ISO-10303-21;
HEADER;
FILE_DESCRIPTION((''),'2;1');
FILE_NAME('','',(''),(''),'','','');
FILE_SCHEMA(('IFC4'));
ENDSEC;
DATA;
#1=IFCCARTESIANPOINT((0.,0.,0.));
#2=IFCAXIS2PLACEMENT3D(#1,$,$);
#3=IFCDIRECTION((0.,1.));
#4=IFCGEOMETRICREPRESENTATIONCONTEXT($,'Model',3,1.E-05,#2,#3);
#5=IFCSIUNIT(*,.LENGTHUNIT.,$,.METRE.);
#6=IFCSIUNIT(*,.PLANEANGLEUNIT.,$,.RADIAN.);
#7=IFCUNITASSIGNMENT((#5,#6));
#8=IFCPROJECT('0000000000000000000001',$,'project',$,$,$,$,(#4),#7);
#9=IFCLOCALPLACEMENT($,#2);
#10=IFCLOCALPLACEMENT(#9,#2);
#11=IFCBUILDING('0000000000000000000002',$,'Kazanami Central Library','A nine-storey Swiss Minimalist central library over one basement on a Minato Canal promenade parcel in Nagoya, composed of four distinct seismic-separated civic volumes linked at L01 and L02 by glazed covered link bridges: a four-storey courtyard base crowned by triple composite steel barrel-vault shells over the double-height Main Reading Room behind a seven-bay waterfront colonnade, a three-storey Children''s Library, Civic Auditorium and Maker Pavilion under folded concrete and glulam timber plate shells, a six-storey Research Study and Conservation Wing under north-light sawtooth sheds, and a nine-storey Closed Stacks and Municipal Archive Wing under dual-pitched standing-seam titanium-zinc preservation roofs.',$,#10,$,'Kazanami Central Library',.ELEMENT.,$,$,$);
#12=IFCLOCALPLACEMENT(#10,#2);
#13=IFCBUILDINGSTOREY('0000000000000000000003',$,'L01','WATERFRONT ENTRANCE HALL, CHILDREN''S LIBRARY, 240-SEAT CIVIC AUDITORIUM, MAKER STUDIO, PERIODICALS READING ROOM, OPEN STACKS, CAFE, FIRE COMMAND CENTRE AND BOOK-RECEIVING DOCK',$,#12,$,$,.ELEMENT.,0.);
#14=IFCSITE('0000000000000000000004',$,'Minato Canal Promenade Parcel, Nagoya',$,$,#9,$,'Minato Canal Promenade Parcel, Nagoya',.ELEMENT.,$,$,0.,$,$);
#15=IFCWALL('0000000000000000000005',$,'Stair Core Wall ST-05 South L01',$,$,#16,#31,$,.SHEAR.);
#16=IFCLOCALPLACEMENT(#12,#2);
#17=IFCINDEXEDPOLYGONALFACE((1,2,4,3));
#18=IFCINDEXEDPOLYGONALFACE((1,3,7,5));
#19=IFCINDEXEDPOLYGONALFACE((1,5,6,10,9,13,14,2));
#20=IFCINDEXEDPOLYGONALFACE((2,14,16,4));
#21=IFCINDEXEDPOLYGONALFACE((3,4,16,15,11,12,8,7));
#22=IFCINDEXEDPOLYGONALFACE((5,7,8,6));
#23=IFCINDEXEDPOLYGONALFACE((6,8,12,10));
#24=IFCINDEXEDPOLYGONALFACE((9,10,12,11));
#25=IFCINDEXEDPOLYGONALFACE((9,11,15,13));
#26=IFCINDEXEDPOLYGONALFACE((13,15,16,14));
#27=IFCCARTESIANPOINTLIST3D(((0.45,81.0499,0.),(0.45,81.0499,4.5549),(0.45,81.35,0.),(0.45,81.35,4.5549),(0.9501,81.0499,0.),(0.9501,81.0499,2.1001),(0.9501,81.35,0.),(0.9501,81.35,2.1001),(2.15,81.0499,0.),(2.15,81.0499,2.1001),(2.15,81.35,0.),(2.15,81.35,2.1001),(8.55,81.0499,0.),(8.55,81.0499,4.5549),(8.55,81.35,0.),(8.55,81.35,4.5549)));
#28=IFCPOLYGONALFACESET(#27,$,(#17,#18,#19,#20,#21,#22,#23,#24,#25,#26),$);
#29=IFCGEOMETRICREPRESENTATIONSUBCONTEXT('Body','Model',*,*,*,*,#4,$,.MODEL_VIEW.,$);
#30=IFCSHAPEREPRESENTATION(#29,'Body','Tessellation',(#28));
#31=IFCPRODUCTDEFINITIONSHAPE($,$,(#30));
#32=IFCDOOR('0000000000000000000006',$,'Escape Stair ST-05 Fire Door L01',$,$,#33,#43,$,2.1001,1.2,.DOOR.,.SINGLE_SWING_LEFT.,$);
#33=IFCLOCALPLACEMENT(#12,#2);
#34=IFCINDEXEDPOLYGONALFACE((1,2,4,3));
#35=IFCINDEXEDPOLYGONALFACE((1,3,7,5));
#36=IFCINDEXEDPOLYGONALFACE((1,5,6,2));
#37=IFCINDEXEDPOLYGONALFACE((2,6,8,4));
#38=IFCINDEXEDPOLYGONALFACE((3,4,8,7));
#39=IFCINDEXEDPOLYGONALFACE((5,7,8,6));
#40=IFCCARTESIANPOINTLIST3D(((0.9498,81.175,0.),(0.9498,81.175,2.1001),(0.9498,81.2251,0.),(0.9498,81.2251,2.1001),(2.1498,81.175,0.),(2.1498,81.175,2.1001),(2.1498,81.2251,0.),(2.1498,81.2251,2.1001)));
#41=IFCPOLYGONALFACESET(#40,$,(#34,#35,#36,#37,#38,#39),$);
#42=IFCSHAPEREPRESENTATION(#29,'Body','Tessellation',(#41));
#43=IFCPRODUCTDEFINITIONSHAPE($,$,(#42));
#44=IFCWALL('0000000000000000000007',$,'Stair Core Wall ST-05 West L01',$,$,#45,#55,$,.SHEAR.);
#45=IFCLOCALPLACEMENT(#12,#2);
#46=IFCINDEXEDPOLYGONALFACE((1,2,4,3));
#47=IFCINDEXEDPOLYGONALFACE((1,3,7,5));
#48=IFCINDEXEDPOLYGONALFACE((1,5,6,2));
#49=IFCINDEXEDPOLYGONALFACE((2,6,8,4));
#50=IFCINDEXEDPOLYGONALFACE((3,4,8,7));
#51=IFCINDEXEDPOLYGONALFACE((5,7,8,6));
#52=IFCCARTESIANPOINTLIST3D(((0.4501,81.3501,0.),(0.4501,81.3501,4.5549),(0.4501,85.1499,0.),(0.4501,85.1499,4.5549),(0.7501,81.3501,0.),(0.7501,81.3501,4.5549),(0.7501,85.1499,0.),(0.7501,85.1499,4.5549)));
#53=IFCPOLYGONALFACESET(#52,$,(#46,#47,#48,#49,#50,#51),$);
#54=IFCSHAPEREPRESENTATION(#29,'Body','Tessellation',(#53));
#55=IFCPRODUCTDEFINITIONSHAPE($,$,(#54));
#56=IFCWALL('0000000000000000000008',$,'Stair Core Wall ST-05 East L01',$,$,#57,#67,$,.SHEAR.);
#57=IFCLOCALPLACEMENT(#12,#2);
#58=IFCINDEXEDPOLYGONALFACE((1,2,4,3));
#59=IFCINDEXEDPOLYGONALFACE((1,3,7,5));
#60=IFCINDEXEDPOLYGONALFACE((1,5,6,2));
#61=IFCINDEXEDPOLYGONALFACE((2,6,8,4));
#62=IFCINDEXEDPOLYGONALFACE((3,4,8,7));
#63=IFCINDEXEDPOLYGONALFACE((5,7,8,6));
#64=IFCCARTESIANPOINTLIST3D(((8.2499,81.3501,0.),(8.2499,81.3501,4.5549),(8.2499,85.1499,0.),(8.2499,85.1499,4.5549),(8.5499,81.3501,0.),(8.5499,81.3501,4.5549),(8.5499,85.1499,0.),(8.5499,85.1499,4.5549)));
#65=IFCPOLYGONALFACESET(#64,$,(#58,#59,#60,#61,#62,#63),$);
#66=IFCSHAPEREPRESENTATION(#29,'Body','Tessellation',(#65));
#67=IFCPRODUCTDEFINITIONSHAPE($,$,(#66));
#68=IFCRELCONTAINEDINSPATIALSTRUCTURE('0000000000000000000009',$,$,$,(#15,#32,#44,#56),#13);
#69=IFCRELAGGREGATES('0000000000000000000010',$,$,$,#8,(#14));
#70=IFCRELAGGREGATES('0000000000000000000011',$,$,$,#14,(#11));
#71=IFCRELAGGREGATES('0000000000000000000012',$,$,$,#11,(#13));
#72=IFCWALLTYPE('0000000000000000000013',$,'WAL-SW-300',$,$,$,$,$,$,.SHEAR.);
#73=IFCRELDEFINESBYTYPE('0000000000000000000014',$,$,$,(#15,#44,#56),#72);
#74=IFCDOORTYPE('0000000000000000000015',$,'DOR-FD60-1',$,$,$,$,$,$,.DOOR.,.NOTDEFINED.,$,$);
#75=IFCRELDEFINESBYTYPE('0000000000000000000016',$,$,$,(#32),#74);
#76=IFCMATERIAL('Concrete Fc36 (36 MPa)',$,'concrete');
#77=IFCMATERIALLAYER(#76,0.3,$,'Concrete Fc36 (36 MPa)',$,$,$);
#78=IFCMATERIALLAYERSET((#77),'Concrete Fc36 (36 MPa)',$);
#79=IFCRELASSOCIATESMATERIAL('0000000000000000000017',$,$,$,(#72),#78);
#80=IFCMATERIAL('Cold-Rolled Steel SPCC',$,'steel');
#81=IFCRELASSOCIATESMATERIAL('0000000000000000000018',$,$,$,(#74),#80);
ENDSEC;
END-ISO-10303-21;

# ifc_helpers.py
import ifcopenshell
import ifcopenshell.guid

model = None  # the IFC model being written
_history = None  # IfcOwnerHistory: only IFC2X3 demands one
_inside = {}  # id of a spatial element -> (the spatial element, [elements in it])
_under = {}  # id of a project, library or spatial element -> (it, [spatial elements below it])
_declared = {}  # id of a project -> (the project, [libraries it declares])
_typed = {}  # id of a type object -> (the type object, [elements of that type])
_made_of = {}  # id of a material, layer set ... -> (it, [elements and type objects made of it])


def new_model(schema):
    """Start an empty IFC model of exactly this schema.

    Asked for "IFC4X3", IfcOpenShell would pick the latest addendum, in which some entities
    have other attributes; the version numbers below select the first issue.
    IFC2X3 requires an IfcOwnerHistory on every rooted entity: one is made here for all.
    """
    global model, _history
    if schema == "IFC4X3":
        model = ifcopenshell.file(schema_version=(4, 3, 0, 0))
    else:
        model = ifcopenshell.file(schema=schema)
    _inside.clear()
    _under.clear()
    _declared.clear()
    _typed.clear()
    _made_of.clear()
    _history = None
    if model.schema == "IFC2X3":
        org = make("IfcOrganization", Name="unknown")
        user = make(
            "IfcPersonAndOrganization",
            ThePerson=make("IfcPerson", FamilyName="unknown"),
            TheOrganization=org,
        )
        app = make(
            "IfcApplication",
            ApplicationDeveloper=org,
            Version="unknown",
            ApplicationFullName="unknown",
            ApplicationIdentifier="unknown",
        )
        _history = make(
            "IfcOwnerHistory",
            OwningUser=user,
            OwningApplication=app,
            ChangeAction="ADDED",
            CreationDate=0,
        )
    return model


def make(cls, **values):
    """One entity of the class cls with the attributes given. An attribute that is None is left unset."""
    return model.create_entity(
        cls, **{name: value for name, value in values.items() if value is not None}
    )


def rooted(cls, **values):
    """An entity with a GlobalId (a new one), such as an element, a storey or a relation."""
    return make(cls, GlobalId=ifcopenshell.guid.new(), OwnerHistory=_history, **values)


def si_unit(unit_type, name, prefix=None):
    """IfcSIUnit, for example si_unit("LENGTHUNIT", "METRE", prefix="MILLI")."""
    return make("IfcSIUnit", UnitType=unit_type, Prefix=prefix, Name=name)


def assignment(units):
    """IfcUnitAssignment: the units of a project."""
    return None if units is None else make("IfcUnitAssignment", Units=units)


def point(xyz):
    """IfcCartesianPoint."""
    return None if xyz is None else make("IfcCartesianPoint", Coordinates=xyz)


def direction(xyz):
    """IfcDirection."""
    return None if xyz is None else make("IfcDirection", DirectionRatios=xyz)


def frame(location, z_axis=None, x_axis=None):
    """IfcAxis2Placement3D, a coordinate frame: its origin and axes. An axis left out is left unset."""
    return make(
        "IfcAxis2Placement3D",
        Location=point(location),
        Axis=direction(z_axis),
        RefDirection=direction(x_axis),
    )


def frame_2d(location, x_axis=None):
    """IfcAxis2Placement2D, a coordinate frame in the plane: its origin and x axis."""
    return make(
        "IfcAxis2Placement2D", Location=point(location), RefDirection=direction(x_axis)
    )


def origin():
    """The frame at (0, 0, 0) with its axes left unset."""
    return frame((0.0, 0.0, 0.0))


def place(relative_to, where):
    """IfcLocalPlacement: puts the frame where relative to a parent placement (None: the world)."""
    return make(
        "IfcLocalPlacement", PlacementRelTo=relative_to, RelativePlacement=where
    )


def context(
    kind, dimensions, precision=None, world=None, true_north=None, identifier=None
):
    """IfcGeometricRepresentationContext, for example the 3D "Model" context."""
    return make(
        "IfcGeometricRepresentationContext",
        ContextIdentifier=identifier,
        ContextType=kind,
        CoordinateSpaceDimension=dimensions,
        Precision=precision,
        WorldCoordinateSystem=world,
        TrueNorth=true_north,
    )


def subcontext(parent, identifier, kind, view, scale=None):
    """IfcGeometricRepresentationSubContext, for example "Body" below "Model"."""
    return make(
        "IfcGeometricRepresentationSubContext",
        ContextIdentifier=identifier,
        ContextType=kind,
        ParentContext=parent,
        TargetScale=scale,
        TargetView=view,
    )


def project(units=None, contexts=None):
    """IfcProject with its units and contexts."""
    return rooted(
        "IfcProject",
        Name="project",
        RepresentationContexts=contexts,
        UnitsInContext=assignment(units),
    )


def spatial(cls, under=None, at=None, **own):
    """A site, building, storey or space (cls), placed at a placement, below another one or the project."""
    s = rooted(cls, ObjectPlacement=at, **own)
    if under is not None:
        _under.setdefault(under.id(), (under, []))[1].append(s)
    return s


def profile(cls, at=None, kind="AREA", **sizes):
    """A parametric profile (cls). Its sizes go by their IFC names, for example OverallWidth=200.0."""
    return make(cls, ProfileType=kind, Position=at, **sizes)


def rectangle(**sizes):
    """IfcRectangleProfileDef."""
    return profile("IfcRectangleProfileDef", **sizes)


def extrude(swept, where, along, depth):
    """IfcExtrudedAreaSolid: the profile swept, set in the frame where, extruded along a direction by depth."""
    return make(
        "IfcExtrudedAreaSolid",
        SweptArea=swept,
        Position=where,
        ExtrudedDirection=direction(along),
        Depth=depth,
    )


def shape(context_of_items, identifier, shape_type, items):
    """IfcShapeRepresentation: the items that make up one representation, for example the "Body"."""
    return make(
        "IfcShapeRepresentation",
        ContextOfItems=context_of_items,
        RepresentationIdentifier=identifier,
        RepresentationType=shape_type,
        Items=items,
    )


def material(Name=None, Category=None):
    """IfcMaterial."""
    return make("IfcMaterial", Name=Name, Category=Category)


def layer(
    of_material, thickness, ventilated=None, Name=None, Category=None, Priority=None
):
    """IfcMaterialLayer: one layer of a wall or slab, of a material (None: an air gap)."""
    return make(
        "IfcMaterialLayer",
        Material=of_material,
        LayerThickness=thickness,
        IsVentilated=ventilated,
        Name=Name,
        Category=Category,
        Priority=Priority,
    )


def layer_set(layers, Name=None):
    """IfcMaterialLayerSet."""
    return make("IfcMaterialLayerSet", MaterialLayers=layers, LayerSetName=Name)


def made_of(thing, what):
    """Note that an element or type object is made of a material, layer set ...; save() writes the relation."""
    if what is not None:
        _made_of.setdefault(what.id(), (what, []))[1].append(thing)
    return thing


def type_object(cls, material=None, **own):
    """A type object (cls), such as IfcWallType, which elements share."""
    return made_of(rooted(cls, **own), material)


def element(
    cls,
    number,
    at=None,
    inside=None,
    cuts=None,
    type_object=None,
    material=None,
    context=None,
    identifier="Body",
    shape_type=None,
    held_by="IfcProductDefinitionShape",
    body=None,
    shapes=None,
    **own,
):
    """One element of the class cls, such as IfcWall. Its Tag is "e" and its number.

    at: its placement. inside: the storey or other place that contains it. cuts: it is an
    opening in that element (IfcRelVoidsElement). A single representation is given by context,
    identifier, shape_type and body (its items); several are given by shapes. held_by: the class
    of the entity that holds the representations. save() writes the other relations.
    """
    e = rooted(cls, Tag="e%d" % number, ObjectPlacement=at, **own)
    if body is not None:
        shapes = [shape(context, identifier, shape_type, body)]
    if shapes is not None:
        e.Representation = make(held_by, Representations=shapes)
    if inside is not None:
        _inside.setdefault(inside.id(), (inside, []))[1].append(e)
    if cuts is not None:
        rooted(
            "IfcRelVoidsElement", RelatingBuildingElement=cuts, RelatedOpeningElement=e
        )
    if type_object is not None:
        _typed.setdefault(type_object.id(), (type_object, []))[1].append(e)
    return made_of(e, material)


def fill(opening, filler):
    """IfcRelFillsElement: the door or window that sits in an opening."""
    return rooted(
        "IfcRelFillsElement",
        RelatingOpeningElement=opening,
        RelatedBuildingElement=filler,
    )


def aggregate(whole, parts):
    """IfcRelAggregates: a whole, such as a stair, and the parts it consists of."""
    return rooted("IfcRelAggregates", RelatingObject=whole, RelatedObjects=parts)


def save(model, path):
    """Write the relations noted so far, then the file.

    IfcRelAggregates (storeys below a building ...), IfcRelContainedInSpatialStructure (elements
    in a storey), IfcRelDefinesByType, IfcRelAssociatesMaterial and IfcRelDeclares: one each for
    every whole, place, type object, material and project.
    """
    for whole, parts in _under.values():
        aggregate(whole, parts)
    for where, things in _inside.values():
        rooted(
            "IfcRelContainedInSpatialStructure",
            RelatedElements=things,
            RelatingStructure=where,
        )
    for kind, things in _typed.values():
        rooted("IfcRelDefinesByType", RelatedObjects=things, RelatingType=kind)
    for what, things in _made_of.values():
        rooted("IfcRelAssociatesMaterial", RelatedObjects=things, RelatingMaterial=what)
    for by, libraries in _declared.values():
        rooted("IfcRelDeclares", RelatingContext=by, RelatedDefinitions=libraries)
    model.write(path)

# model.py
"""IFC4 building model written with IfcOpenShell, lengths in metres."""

from ifc_helpers import new_model, si_unit, direction, frame, frame_2d, origin, place, context, subcontext, project, spatial, rectangle, extrude, material, layer, layer_set, type_object, element, fill, save


model = new_model("IFC4")

# Units and contexts
model_context = context("Model", 3, precision=1e-05, world=origin(), true_north=direction((0.0, 1.0)))
body_context = subcontext(model_context, "Body", "Model", "MODEL_VIEW")
ifc_project = project(units=[si_unit("LENGTHUNIT", "METRE"), si_unit("PLANEANGLEUNIT", "RADIAN")], contexts=[model_context])

# Site, building, storey
site_placement = place(None, origin())
site = spatial("IfcSite", under=ifc_project, at=site_placement, Name="Minato Canal Promenade Parcel, Nagoya", LongName="Minato Canal Promenade Parcel, Nagoya", CompositionType="ELEMENT", RefElevation=0.0)
building_placement = place(site_placement, origin())
building = spatial("IfcBuilding", under=site, at=building_placement, Name="Kazanami Central Library", Description="A nine-storey Swiss Minimalist central library over one basement on a Minato Canal promenade parcel in Nagoya, composed of four distinct seismic-separated civic volumes linked at L01 and L02 by glazed covered link bridges: a four-storey courtyard base crowned by triple composite steel barrel-vault shells over the double-height Main Reading Room behind a seven-bay waterfront colonnade, a three-storey Children's Library, Civic Auditorium and Maker Pavilion under folded concrete and glulam timber plate shells, a six-storey Research Study and Conservation Wing under north-light sawtooth sheds, and a nine-storey Closed Stacks and Municipal Archive Wing under dual-pitched standing-seam titanium-zinc preservation roofs.", LongName="Kazanami Central Library", CompositionType="ELEMENT")
storey_placement = place(building_placement, origin())
storey = spatial("IfcBuildingStorey", under=building, at=storey_placement, Name="L01", Description="WATERFRONT ENTRANCE HALL, CHILDREN'S LIBRARY, 240-SEAT CIVIC AUDITORIUM, MAKER STUDIO, PERIODICALS READING ROOM, OPEN STACKS, CAFE, FIRE COMMAND CENTRE AND BOOK-RECEIVING DOCK", CompositionType="ELEMENT", Elevation=0.0)

# Shared definitions
ifc_material_1 = material(Name="Concrete Fc36 (36 MPa)", Category="concrete")

# Wall, opening, door
ifc_material_2 = material(Name="Cold-Rolled Steel SPCC", Category="steel")
ifc_layer_1 = layer(ifc_material_1, 0.3, Name="Concrete Fc36 (36 MPa)")
ifc_layer_set_1 = layer_set([ifc_layer_1], Name="Concrete Fc36 (36 MPa)")
wall_type_1 = type_object("IfcWallType", Name="WAL-SW-300", PredefinedType="SHEAR", material=ifc_layer_set_1)
wall_1_placement = place(storey_placement, frame((0.45, 81.2, 0.0), z_axis=(0.0, 0.0, 1.0), x_axis=(1.0, 0.0, 0.0)))
wall_1 = element("IfcWall", 1, at=wall_1_placement, inside=storey, type_object=wall_type_1, Name="Stair Core Wall ST-05 South L01", PredefinedType="SHEAR", context=body_context, shape_type="SweptSolid", body=[
    extrude(rectangle(XDim=8.1001, YDim=0.3, at=frame_2d((4.05, 0.0))), origin(), (0.0, 0.0, 1.0), 4.5549),
])
opening_1_placement = place(wall_1_placement, frame((0.5, 0.0, 0.0)))
opening_1 = element("IfcOpeningElement", 2, at=opening_1_placement, cuts=wall_1, PredefinedType="OPENING", context=body_context, shape_type="SweptSolid", body=[
    extrude(rectangle(XDim=1.2, YDim=2.1001, at=frame_2d((0.6001, 1.05))), frame((0.0, 0.1621, 0.0), z_axis=(0.0, -1.0, 0.0), x_axis=(1.0, 0.0, 0.0)), (0.0, 0.0, 1.0), 0.324),
])
door_type_1 = type_object("IfcDoorType", Name="DOR-FD60-1", OperationType="NOTDEFINED", PredefinedType="DOOR", material=ifc_material_2)
door_1_placement = place(opening_1_placement, frame((1.2, 0.0, 0.0), z_axis=(0.0, 0.0, 1.0), x_axis=(-1.0, 0.0, 0.0)))
door_1 = element("IfcDoor", 3, at=door_1_placement, inside=storey, type_object=door_type_1, Name="Escape Stair ST-05 Fire Door L01", OperationType="SINGLE_SWING_LEFT", OverallHeight=2.1001, OverallWidth=1.2, PredefinedType="DOOR", context=body_context, shape_type="SweptSolid", body=[
    extrude(rectangle(XDim=1.2, YDim=2.1001, at=frame_2d((0.6001, 1.05))), frame((0.0, 0.0249, 0.0), z_axis=(0.0, -1.0, 0.0), x_axis=(1.0, 0.0, 0.0)), (0.0, 0.0, 1.0), 0.05),
])
fill(opening_1, door_1)

# Walls
for number, where, z_axis, x_axis, name in (
    (4, (0.6001, 81.3501, 0.0), (0.0, 0.0, 1.0), (0.0, 1.0, 0.0), "Stair Core Wall ST-05 West L01"),
    (5, (8.3999, 81.3501, 0.0), (0.0, 0.0, 1.0), (0.0, 1.0, 0.0), "Stair Core Wall ST-05 East L01"),
):
    element("IfcWall", number, at=place(storey_placement, frame(where, z_axis=z_axis, x_axis=x_axis)), inside=storey, type_object=wall_type_1, Name=name, PredefinedType="SHEAR", context=body_context, shape_type="SweptSolid", body=[
        extrude(rectangle(XDim=3.7998, YDim=0.3, at=frame_2d((1.8999, 0.0))), origin(), (0.0, 0.0, 1.0), 4.5549),
    ])

save(model, "model.ifc")
